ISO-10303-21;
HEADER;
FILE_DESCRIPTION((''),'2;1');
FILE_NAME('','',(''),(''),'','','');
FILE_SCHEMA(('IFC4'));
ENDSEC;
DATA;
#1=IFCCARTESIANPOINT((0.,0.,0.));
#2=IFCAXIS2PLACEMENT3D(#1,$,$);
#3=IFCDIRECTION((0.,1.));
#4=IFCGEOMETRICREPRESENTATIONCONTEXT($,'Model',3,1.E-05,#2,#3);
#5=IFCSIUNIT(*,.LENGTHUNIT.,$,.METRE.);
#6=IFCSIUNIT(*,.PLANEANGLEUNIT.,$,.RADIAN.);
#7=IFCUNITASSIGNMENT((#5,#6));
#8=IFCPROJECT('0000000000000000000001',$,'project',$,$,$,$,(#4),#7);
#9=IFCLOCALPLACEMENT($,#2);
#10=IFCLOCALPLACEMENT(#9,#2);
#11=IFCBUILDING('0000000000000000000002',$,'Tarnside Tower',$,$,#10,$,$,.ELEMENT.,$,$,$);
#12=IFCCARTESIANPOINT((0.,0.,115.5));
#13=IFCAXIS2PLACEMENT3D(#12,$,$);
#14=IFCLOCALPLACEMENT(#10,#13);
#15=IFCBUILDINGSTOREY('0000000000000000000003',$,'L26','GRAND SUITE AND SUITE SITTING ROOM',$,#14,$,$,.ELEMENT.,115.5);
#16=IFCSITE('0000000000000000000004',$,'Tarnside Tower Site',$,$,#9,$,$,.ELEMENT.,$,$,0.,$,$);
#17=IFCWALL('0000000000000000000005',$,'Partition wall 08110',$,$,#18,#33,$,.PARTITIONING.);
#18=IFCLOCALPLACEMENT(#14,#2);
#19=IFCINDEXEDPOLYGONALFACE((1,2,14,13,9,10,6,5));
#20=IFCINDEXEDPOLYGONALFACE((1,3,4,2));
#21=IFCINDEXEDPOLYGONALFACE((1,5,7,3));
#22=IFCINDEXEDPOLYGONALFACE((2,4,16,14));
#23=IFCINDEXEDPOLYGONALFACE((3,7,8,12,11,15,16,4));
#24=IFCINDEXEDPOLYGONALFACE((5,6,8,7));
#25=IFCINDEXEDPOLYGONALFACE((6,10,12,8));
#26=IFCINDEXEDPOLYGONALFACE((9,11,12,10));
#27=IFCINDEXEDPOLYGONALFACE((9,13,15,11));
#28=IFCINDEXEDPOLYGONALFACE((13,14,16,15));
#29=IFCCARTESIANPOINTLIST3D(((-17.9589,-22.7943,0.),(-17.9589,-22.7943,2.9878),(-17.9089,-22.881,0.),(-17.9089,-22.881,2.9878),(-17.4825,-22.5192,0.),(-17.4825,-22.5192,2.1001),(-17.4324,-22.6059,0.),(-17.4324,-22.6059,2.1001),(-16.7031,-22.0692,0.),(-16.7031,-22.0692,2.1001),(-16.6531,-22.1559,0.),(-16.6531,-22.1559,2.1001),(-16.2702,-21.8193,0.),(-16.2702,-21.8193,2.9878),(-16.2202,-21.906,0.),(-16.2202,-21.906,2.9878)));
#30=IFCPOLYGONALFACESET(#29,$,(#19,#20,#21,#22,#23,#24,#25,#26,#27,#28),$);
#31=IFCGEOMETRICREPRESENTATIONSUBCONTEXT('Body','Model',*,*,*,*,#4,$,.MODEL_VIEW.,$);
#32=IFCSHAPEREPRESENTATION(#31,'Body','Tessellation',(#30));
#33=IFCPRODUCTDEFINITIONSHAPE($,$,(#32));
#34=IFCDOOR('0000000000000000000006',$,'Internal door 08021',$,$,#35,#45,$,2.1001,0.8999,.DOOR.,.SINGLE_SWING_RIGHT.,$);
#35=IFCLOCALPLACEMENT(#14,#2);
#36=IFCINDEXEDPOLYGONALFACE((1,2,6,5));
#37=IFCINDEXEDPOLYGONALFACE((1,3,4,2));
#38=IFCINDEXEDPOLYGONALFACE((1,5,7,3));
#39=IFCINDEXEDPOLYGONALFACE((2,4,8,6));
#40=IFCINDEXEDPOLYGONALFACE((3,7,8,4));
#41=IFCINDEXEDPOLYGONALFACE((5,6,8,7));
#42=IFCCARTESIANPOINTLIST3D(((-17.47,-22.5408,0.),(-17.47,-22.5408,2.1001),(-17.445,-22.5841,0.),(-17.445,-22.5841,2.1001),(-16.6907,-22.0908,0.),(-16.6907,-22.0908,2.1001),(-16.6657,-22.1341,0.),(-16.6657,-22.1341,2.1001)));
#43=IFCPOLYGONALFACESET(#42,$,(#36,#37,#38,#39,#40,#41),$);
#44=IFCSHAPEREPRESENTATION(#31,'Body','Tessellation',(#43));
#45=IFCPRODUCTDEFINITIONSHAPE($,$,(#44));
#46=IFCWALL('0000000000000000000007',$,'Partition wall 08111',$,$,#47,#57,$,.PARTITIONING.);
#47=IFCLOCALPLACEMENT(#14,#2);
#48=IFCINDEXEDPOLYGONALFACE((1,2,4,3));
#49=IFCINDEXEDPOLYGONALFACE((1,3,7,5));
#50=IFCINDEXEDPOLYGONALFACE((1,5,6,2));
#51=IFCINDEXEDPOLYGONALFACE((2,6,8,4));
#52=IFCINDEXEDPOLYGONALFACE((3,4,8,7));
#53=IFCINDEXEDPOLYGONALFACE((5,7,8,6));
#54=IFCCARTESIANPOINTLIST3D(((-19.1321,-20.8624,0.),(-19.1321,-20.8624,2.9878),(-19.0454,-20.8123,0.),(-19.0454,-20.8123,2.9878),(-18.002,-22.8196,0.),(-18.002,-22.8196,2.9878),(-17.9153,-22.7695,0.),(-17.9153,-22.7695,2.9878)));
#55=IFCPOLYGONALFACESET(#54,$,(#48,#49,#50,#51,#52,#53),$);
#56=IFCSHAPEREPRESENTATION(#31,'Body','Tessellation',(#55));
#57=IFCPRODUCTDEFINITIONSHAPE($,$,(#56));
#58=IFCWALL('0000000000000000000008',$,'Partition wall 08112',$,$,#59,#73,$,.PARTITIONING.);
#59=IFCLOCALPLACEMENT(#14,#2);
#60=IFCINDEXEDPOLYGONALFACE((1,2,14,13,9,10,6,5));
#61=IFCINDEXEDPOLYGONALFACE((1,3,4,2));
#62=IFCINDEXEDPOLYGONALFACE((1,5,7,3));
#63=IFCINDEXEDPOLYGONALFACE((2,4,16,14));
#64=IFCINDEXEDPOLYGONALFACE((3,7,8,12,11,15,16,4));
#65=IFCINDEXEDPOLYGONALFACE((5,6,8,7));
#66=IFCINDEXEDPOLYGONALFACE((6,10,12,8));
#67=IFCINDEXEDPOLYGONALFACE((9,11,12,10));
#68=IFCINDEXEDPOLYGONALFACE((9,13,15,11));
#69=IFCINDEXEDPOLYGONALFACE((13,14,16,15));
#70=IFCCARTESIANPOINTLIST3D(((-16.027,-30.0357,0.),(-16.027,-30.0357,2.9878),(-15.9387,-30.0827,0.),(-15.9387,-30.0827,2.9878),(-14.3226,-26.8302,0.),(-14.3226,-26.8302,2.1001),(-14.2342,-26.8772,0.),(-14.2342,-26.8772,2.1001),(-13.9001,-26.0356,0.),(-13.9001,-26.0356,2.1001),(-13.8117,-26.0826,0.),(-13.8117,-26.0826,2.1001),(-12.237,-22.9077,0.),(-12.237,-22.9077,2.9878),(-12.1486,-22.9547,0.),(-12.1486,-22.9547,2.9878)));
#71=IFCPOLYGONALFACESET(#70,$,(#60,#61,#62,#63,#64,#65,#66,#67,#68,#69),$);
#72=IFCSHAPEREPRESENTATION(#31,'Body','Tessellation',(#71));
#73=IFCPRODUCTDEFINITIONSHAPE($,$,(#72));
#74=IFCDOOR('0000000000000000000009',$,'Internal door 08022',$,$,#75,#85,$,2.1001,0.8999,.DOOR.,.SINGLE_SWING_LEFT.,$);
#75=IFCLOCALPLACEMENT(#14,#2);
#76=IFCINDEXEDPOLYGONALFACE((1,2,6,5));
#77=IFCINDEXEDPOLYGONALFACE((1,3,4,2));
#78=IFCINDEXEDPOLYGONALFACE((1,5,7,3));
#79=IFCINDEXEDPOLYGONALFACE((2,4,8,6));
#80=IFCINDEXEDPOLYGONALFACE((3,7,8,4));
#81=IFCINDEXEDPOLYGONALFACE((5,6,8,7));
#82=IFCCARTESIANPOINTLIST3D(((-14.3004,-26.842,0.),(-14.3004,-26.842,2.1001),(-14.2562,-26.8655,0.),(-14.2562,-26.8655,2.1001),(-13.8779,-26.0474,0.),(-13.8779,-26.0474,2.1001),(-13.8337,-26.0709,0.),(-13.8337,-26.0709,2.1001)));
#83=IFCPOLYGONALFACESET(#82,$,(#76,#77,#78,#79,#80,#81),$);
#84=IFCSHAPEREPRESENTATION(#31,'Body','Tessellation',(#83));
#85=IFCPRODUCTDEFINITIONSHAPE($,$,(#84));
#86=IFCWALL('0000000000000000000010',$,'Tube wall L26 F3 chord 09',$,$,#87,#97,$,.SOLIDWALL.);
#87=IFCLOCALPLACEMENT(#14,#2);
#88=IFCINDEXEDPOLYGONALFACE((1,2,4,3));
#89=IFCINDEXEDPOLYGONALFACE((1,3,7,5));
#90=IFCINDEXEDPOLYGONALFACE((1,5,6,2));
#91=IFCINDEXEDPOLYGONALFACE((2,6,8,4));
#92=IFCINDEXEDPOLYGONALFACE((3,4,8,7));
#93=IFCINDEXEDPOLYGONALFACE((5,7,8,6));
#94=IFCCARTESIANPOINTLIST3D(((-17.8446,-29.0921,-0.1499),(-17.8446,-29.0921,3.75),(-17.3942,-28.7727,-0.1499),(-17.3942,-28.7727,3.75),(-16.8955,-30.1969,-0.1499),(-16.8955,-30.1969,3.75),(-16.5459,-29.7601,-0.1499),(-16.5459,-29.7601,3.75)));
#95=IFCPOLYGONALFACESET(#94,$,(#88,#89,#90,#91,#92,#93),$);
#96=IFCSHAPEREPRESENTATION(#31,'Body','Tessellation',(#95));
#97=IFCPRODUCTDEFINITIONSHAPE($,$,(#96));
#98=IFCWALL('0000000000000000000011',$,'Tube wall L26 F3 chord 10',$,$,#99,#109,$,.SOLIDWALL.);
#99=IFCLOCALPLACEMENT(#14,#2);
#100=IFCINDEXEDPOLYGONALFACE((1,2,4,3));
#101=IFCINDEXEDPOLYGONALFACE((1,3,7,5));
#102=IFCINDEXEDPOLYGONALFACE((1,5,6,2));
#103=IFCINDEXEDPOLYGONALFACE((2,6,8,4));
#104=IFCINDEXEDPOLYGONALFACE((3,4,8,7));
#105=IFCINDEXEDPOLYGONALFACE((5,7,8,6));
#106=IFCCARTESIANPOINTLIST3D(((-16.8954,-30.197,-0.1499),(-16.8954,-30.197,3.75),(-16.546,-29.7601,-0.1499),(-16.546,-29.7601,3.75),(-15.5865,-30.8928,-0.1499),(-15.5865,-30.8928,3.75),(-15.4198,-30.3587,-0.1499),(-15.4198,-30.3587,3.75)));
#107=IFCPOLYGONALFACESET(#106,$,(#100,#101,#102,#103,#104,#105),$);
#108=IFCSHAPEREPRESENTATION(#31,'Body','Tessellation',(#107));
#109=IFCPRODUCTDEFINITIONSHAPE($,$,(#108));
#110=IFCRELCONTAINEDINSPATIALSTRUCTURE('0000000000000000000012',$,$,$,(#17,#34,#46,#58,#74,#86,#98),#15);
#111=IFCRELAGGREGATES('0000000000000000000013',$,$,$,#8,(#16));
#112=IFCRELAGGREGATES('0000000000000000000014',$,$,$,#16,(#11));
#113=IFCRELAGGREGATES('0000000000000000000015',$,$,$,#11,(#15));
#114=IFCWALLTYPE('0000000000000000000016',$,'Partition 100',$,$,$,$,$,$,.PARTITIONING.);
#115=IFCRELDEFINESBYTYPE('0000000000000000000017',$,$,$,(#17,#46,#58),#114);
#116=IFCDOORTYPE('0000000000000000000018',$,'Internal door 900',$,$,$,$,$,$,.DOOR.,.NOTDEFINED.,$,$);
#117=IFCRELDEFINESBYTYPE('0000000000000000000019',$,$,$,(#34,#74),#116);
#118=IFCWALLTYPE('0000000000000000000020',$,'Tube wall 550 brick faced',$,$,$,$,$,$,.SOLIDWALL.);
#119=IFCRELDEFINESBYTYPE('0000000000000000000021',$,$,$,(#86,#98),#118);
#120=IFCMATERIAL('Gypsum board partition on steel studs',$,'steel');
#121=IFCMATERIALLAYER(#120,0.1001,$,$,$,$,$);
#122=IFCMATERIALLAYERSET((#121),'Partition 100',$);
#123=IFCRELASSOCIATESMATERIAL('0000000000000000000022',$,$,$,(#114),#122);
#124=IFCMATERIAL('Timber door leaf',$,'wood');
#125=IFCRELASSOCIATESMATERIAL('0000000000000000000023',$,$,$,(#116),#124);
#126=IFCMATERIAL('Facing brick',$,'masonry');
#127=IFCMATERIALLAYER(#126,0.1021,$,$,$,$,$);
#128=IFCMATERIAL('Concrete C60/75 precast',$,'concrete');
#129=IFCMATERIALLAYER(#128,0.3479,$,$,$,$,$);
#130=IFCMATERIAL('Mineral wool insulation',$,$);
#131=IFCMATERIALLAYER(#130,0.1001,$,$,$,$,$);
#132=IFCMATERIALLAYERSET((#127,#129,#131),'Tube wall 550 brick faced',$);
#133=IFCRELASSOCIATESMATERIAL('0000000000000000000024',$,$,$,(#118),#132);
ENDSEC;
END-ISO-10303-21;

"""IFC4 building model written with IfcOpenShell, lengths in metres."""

from ifc_helpers import new_model, si_unit, direction, frame, frame_2d, origin, place, context, subcontext, project, spatial, polyline, rectangle, outline, extrude, material, layer, layer_set, type_object, element, fill, save


model = new_model("IFC4")

# Units and contexts
model_context = context("Model", 3, precision=1e-05, world=origin(), true_north=direction((0.0, 1.0)))
body_context = subcontext(model_context, "Body", "Model", "MODEL_VIEW")
ifc_project = project(units=[si_unit("LENGTHUNIT", "METRE"), si_unit("PLANEANGLEUNIT", "RADIAN")], contexts=[model_context])

# Site, building, storey
site_placement = place(None, origin())
site = spatial("IfcSite", under=ifc_project, at=site_placement, Name="Tarnside Tower Site", CompositionType="ELEMENT", RefElevation=0.0)
building_placement = place(site_placement, origin())
building = spatial("IfcBuilding", under=site, at=building_placement, Name="Tarnside Tower", CompositionType="ELEMENT")
storey_placement = place(building_placement, frame((0.0, 0.0, 115.5)))
storey = spatial("IfcBuildingStorey", under=building, at=storey_placement, Name="L26", Description="GRAND SUITE AND SUITE SITTING ROOM", CompositionType="ELEMENT", Elevation=115.5)

# Shared definitions
ifc_material_1 = material(Name="Gypsum board partition on steel studs", Category="steel")

# Shared definitions
ifc_material_2 = material(Name="Timber door leaf", Category="wood")

# Wall, opening, door
ifc_layer_1 = layer(ifc_material_1, 0.1001)
ifc_layer_set_1 = layer_set([ifc_layer_1], Name="Partition 100")
wall_type_1 = type_object("IfcWallType", Name="Partition 100", PredefinedType="PARTITIONING", material=ifc_layer_set_1)
wall_1_placement = place(storey_placement, frame((-16.2451, -21.8625, 0.0), z_axis=(0.0, 0.0, 1.0), x_axis=(-0.866, -0.500044, 0.0)))
wall_1 = element("IfcWall", 1, at=wall_1_placement, inside=storey, type_object=wall_type_1, Name="Partition wall 08110", PredefinedType="PARTITIONING", context=body_context, shape_type="SweptSolid", body=[
    extrude(rectangle(XDim=1.95, YDim=0.1001, at=frame_2d((0.9751, 0.0))), origin(), (0.0, 0.0, 1.0), 2.9878),
])
opening_1_placement = place(wall_1_placement, frame((0.5, 0.0, 0.0)))
opening_1 = element("IfcOpeningElement", 2, at=opening_1_placement, cuts=wall_1, PredefinedType="OPENING", context=body_context, shape_type="SweptSolid", body=[
    extrude(rectangle(XDim=0.8999, YDim=2.1001, at=frame_2d((0.45, 1.05))), frame((0.0, 0.0601, 0.0), z_axis=(0.0, -1.0, 0.0), x_axis=(1.0, 0.0, 0.0)), (0.0, 0.0, 1.0), 0.1201),
])
door_type_1 = type_object("IfcDoorType", Name="Internal door 900", OperationType="NOTDEFINED", PredefinedType="DOOR", material=ifc_material_2)
door_1_placement = place(opening_1_placement, origin())
door_1 = element("IfcDoor", 3, at=door_1_placement, inside=storey, type_object=door_type_1, Name="Internal door 08021", OperationType="SINGLE_SWING_RIGHT", OverallHeight=2.1001, OverallWidth=0.8999, PredefinedType="DOOR", context=body_context, shape_type="SweptSolid", body=[
    extrude(rectangle(XDim=0.8999, YDim=2.1001, at=frame_2d((0.45, 1.05))), frame((0.0, 0.0249, 0.0), z_axis=(0.0, -1.0, 0.0), x_axis=(1.0, 0.0, 0.0)), (0.0, 0.0, 1.0), 0.05),
])
fill(opening_1, door_1)

# Wall
wall_2_placement = place(storey_placement, frame((-17.9587, -22.7944, 0.0), z_axis=(0.0, 0.0, 1.0), x_axis=(-0.500031, 0.866007, 0.0)))
element("IfcWall", 4, at=wall_2_placement, inside=storey, type_object=wall_type_1, Name="Partition wall 08111", PredefinedType="PARTITIONING", context=body_context, shape_type="SweptSolid", body=[
    extrude(rectangle(XDim=2.26, YDim=0.1001, at=frame_2d((1.1299, 0.0))), origin(), (0.0, 0.0, 1.0), 2.9878),
])

# Wall, opening, door
wall_3_placement = place(storey_placement, frame((-15.9829, -30.0593, 0.0), z_axis=(0.0, 0.0, 1.0), x_axis=(0.469477, 0.882945, 0.0)))
wall_3 = element("IfcWall", 5, at=wall_3_placement, inside=storey, type_object=wall_type_1, Name="Partition wall 08112", PredefinedType="PARTITIONING", context=body_context, shape_type="SweptSolid", body=[
    extrude(rectangle(XDim=8.073, YDim=0.1001, at=frame_2d((4.0366, 0.0))), origin(), (0.0, 0.0, 1.0), 2.9878),
])
opening_2_placement = place(wall_3_placement, frame((3.6306, 0.0, 0.0)))
opening_2 = element("IfcOpeningElement", 6, at=opening_2_placement, cuts=wall_3, PredefinedType="OPENING", context=body_context, shape_type="SweptSolid", body=[
    extrude(rectangle(XDim=0.8999, YDim=2.1001, at=frame_2d((0.45, 1.05))), frame((0.0, 0.0601, 0.0), z_axis=(0.0, -1.0, 0.0), x_axis=(1.0, 0.0, 0.0)), (0.0, 0.0, 1.0), 0.1201),
])
door_2_placement = place(opening_2_placement, origin())
door_2 = element("IfcDoor", 7, at=door_2_placement, inside=storey, type_object=door_type_1, Name="Internal door 08022", OperationType="SINGLE_SWING_LEFT", OverallHeight=2.1001, OverallWidth=0.8999, PredefinedType="DOOR", context=body_context, shape_type="SweptSolid", body=[
    extrude(rectangle(XDim=0.8999, YDim=2.1001, at=frame_2d((0.45, 1.05))), frame((0.0, 0.0249, 0.0), z_axis=(0.0, -1.0, 0.0), x_axis=(1.0, 0.0, 0.0)), (0.0, 0.0, 1.0), 0.05),
])
fill(opening_2, door_2)

# Walls
ifc_material_3 = material(Name="Facing brick", Category="masonry")
ifc_layer_2 = layer(ifc_material_3, 0.1021)
ifc_material_4 = material(Name="Concrete C60/75 precast", Category="concrete")
ifc_layer_3 = layer(ifc_material_4, 0.3479)
ifc_material_5 = material(Name="Mineral wool insulation")
ifc_layer_4 = layer(ifc_material_5, 0.1001)
ifc_layer_set_2 = layer_set([ifc_layer_2, ifc_layer_3, ifc_layer_4], Name="Tube wall 550 brick faced")
wall_type_2 = type_object("IfcWallType", Name="Tube wall 550 brick faced", PredefinedType="SOLIDWALL", material=ifc_layer_set_2)
wall_4_placement = place(storey_placement, frame((-17.6194, -28.9324, -0.1499), z_axis=(0.0, 0.0, 1.0), x_axis=(0.651622, -0.758544, 0.0)))
element("IfcWall", 8, at=wall_4_placement, inside=storey, type_object=wall_type_2, Name="Tube wall L26 F3 chord 09", PredefinedType="SOLIDWALL", context=body_context, shape_type="SweptSolid", body=[
    extrude(outline(polyline([(-0.0256, -0.2749), (1.4309, -0.2749), (1.3274, 0.2749), (0.0256, 0.2749), (-0.0256, -0.2749)])), origin(), (0.0, 0.0, 1.0), 3.8999),
])
wall_5_placement = place(storey_placement, frame((-16.7207, -29.9785, -0.1499), z_axis=(0.0, 0.0, 1.0), x_axis=(0.882994, -0.469384, 0.0)))
element("IfcWall", 9, at=wall_5_placement, inside=storey, type_object=wall_type_2, Name="Tube wall L26 F3 chord 10", PredefinedType="SOLIDWALL", context=body_context, shape_type="SweptSolid", body=[
    extrude(outline(polyline([(-0.0518, -0.2749), (1.4307, -0.2749), (1.3271, 0.2749), (0.0518, 0.2749), (-0.0518, -0.2749)])), origin(), (0.0, 0.0, 1.0), 3.8999),
])

save(model, "model.ifc")
